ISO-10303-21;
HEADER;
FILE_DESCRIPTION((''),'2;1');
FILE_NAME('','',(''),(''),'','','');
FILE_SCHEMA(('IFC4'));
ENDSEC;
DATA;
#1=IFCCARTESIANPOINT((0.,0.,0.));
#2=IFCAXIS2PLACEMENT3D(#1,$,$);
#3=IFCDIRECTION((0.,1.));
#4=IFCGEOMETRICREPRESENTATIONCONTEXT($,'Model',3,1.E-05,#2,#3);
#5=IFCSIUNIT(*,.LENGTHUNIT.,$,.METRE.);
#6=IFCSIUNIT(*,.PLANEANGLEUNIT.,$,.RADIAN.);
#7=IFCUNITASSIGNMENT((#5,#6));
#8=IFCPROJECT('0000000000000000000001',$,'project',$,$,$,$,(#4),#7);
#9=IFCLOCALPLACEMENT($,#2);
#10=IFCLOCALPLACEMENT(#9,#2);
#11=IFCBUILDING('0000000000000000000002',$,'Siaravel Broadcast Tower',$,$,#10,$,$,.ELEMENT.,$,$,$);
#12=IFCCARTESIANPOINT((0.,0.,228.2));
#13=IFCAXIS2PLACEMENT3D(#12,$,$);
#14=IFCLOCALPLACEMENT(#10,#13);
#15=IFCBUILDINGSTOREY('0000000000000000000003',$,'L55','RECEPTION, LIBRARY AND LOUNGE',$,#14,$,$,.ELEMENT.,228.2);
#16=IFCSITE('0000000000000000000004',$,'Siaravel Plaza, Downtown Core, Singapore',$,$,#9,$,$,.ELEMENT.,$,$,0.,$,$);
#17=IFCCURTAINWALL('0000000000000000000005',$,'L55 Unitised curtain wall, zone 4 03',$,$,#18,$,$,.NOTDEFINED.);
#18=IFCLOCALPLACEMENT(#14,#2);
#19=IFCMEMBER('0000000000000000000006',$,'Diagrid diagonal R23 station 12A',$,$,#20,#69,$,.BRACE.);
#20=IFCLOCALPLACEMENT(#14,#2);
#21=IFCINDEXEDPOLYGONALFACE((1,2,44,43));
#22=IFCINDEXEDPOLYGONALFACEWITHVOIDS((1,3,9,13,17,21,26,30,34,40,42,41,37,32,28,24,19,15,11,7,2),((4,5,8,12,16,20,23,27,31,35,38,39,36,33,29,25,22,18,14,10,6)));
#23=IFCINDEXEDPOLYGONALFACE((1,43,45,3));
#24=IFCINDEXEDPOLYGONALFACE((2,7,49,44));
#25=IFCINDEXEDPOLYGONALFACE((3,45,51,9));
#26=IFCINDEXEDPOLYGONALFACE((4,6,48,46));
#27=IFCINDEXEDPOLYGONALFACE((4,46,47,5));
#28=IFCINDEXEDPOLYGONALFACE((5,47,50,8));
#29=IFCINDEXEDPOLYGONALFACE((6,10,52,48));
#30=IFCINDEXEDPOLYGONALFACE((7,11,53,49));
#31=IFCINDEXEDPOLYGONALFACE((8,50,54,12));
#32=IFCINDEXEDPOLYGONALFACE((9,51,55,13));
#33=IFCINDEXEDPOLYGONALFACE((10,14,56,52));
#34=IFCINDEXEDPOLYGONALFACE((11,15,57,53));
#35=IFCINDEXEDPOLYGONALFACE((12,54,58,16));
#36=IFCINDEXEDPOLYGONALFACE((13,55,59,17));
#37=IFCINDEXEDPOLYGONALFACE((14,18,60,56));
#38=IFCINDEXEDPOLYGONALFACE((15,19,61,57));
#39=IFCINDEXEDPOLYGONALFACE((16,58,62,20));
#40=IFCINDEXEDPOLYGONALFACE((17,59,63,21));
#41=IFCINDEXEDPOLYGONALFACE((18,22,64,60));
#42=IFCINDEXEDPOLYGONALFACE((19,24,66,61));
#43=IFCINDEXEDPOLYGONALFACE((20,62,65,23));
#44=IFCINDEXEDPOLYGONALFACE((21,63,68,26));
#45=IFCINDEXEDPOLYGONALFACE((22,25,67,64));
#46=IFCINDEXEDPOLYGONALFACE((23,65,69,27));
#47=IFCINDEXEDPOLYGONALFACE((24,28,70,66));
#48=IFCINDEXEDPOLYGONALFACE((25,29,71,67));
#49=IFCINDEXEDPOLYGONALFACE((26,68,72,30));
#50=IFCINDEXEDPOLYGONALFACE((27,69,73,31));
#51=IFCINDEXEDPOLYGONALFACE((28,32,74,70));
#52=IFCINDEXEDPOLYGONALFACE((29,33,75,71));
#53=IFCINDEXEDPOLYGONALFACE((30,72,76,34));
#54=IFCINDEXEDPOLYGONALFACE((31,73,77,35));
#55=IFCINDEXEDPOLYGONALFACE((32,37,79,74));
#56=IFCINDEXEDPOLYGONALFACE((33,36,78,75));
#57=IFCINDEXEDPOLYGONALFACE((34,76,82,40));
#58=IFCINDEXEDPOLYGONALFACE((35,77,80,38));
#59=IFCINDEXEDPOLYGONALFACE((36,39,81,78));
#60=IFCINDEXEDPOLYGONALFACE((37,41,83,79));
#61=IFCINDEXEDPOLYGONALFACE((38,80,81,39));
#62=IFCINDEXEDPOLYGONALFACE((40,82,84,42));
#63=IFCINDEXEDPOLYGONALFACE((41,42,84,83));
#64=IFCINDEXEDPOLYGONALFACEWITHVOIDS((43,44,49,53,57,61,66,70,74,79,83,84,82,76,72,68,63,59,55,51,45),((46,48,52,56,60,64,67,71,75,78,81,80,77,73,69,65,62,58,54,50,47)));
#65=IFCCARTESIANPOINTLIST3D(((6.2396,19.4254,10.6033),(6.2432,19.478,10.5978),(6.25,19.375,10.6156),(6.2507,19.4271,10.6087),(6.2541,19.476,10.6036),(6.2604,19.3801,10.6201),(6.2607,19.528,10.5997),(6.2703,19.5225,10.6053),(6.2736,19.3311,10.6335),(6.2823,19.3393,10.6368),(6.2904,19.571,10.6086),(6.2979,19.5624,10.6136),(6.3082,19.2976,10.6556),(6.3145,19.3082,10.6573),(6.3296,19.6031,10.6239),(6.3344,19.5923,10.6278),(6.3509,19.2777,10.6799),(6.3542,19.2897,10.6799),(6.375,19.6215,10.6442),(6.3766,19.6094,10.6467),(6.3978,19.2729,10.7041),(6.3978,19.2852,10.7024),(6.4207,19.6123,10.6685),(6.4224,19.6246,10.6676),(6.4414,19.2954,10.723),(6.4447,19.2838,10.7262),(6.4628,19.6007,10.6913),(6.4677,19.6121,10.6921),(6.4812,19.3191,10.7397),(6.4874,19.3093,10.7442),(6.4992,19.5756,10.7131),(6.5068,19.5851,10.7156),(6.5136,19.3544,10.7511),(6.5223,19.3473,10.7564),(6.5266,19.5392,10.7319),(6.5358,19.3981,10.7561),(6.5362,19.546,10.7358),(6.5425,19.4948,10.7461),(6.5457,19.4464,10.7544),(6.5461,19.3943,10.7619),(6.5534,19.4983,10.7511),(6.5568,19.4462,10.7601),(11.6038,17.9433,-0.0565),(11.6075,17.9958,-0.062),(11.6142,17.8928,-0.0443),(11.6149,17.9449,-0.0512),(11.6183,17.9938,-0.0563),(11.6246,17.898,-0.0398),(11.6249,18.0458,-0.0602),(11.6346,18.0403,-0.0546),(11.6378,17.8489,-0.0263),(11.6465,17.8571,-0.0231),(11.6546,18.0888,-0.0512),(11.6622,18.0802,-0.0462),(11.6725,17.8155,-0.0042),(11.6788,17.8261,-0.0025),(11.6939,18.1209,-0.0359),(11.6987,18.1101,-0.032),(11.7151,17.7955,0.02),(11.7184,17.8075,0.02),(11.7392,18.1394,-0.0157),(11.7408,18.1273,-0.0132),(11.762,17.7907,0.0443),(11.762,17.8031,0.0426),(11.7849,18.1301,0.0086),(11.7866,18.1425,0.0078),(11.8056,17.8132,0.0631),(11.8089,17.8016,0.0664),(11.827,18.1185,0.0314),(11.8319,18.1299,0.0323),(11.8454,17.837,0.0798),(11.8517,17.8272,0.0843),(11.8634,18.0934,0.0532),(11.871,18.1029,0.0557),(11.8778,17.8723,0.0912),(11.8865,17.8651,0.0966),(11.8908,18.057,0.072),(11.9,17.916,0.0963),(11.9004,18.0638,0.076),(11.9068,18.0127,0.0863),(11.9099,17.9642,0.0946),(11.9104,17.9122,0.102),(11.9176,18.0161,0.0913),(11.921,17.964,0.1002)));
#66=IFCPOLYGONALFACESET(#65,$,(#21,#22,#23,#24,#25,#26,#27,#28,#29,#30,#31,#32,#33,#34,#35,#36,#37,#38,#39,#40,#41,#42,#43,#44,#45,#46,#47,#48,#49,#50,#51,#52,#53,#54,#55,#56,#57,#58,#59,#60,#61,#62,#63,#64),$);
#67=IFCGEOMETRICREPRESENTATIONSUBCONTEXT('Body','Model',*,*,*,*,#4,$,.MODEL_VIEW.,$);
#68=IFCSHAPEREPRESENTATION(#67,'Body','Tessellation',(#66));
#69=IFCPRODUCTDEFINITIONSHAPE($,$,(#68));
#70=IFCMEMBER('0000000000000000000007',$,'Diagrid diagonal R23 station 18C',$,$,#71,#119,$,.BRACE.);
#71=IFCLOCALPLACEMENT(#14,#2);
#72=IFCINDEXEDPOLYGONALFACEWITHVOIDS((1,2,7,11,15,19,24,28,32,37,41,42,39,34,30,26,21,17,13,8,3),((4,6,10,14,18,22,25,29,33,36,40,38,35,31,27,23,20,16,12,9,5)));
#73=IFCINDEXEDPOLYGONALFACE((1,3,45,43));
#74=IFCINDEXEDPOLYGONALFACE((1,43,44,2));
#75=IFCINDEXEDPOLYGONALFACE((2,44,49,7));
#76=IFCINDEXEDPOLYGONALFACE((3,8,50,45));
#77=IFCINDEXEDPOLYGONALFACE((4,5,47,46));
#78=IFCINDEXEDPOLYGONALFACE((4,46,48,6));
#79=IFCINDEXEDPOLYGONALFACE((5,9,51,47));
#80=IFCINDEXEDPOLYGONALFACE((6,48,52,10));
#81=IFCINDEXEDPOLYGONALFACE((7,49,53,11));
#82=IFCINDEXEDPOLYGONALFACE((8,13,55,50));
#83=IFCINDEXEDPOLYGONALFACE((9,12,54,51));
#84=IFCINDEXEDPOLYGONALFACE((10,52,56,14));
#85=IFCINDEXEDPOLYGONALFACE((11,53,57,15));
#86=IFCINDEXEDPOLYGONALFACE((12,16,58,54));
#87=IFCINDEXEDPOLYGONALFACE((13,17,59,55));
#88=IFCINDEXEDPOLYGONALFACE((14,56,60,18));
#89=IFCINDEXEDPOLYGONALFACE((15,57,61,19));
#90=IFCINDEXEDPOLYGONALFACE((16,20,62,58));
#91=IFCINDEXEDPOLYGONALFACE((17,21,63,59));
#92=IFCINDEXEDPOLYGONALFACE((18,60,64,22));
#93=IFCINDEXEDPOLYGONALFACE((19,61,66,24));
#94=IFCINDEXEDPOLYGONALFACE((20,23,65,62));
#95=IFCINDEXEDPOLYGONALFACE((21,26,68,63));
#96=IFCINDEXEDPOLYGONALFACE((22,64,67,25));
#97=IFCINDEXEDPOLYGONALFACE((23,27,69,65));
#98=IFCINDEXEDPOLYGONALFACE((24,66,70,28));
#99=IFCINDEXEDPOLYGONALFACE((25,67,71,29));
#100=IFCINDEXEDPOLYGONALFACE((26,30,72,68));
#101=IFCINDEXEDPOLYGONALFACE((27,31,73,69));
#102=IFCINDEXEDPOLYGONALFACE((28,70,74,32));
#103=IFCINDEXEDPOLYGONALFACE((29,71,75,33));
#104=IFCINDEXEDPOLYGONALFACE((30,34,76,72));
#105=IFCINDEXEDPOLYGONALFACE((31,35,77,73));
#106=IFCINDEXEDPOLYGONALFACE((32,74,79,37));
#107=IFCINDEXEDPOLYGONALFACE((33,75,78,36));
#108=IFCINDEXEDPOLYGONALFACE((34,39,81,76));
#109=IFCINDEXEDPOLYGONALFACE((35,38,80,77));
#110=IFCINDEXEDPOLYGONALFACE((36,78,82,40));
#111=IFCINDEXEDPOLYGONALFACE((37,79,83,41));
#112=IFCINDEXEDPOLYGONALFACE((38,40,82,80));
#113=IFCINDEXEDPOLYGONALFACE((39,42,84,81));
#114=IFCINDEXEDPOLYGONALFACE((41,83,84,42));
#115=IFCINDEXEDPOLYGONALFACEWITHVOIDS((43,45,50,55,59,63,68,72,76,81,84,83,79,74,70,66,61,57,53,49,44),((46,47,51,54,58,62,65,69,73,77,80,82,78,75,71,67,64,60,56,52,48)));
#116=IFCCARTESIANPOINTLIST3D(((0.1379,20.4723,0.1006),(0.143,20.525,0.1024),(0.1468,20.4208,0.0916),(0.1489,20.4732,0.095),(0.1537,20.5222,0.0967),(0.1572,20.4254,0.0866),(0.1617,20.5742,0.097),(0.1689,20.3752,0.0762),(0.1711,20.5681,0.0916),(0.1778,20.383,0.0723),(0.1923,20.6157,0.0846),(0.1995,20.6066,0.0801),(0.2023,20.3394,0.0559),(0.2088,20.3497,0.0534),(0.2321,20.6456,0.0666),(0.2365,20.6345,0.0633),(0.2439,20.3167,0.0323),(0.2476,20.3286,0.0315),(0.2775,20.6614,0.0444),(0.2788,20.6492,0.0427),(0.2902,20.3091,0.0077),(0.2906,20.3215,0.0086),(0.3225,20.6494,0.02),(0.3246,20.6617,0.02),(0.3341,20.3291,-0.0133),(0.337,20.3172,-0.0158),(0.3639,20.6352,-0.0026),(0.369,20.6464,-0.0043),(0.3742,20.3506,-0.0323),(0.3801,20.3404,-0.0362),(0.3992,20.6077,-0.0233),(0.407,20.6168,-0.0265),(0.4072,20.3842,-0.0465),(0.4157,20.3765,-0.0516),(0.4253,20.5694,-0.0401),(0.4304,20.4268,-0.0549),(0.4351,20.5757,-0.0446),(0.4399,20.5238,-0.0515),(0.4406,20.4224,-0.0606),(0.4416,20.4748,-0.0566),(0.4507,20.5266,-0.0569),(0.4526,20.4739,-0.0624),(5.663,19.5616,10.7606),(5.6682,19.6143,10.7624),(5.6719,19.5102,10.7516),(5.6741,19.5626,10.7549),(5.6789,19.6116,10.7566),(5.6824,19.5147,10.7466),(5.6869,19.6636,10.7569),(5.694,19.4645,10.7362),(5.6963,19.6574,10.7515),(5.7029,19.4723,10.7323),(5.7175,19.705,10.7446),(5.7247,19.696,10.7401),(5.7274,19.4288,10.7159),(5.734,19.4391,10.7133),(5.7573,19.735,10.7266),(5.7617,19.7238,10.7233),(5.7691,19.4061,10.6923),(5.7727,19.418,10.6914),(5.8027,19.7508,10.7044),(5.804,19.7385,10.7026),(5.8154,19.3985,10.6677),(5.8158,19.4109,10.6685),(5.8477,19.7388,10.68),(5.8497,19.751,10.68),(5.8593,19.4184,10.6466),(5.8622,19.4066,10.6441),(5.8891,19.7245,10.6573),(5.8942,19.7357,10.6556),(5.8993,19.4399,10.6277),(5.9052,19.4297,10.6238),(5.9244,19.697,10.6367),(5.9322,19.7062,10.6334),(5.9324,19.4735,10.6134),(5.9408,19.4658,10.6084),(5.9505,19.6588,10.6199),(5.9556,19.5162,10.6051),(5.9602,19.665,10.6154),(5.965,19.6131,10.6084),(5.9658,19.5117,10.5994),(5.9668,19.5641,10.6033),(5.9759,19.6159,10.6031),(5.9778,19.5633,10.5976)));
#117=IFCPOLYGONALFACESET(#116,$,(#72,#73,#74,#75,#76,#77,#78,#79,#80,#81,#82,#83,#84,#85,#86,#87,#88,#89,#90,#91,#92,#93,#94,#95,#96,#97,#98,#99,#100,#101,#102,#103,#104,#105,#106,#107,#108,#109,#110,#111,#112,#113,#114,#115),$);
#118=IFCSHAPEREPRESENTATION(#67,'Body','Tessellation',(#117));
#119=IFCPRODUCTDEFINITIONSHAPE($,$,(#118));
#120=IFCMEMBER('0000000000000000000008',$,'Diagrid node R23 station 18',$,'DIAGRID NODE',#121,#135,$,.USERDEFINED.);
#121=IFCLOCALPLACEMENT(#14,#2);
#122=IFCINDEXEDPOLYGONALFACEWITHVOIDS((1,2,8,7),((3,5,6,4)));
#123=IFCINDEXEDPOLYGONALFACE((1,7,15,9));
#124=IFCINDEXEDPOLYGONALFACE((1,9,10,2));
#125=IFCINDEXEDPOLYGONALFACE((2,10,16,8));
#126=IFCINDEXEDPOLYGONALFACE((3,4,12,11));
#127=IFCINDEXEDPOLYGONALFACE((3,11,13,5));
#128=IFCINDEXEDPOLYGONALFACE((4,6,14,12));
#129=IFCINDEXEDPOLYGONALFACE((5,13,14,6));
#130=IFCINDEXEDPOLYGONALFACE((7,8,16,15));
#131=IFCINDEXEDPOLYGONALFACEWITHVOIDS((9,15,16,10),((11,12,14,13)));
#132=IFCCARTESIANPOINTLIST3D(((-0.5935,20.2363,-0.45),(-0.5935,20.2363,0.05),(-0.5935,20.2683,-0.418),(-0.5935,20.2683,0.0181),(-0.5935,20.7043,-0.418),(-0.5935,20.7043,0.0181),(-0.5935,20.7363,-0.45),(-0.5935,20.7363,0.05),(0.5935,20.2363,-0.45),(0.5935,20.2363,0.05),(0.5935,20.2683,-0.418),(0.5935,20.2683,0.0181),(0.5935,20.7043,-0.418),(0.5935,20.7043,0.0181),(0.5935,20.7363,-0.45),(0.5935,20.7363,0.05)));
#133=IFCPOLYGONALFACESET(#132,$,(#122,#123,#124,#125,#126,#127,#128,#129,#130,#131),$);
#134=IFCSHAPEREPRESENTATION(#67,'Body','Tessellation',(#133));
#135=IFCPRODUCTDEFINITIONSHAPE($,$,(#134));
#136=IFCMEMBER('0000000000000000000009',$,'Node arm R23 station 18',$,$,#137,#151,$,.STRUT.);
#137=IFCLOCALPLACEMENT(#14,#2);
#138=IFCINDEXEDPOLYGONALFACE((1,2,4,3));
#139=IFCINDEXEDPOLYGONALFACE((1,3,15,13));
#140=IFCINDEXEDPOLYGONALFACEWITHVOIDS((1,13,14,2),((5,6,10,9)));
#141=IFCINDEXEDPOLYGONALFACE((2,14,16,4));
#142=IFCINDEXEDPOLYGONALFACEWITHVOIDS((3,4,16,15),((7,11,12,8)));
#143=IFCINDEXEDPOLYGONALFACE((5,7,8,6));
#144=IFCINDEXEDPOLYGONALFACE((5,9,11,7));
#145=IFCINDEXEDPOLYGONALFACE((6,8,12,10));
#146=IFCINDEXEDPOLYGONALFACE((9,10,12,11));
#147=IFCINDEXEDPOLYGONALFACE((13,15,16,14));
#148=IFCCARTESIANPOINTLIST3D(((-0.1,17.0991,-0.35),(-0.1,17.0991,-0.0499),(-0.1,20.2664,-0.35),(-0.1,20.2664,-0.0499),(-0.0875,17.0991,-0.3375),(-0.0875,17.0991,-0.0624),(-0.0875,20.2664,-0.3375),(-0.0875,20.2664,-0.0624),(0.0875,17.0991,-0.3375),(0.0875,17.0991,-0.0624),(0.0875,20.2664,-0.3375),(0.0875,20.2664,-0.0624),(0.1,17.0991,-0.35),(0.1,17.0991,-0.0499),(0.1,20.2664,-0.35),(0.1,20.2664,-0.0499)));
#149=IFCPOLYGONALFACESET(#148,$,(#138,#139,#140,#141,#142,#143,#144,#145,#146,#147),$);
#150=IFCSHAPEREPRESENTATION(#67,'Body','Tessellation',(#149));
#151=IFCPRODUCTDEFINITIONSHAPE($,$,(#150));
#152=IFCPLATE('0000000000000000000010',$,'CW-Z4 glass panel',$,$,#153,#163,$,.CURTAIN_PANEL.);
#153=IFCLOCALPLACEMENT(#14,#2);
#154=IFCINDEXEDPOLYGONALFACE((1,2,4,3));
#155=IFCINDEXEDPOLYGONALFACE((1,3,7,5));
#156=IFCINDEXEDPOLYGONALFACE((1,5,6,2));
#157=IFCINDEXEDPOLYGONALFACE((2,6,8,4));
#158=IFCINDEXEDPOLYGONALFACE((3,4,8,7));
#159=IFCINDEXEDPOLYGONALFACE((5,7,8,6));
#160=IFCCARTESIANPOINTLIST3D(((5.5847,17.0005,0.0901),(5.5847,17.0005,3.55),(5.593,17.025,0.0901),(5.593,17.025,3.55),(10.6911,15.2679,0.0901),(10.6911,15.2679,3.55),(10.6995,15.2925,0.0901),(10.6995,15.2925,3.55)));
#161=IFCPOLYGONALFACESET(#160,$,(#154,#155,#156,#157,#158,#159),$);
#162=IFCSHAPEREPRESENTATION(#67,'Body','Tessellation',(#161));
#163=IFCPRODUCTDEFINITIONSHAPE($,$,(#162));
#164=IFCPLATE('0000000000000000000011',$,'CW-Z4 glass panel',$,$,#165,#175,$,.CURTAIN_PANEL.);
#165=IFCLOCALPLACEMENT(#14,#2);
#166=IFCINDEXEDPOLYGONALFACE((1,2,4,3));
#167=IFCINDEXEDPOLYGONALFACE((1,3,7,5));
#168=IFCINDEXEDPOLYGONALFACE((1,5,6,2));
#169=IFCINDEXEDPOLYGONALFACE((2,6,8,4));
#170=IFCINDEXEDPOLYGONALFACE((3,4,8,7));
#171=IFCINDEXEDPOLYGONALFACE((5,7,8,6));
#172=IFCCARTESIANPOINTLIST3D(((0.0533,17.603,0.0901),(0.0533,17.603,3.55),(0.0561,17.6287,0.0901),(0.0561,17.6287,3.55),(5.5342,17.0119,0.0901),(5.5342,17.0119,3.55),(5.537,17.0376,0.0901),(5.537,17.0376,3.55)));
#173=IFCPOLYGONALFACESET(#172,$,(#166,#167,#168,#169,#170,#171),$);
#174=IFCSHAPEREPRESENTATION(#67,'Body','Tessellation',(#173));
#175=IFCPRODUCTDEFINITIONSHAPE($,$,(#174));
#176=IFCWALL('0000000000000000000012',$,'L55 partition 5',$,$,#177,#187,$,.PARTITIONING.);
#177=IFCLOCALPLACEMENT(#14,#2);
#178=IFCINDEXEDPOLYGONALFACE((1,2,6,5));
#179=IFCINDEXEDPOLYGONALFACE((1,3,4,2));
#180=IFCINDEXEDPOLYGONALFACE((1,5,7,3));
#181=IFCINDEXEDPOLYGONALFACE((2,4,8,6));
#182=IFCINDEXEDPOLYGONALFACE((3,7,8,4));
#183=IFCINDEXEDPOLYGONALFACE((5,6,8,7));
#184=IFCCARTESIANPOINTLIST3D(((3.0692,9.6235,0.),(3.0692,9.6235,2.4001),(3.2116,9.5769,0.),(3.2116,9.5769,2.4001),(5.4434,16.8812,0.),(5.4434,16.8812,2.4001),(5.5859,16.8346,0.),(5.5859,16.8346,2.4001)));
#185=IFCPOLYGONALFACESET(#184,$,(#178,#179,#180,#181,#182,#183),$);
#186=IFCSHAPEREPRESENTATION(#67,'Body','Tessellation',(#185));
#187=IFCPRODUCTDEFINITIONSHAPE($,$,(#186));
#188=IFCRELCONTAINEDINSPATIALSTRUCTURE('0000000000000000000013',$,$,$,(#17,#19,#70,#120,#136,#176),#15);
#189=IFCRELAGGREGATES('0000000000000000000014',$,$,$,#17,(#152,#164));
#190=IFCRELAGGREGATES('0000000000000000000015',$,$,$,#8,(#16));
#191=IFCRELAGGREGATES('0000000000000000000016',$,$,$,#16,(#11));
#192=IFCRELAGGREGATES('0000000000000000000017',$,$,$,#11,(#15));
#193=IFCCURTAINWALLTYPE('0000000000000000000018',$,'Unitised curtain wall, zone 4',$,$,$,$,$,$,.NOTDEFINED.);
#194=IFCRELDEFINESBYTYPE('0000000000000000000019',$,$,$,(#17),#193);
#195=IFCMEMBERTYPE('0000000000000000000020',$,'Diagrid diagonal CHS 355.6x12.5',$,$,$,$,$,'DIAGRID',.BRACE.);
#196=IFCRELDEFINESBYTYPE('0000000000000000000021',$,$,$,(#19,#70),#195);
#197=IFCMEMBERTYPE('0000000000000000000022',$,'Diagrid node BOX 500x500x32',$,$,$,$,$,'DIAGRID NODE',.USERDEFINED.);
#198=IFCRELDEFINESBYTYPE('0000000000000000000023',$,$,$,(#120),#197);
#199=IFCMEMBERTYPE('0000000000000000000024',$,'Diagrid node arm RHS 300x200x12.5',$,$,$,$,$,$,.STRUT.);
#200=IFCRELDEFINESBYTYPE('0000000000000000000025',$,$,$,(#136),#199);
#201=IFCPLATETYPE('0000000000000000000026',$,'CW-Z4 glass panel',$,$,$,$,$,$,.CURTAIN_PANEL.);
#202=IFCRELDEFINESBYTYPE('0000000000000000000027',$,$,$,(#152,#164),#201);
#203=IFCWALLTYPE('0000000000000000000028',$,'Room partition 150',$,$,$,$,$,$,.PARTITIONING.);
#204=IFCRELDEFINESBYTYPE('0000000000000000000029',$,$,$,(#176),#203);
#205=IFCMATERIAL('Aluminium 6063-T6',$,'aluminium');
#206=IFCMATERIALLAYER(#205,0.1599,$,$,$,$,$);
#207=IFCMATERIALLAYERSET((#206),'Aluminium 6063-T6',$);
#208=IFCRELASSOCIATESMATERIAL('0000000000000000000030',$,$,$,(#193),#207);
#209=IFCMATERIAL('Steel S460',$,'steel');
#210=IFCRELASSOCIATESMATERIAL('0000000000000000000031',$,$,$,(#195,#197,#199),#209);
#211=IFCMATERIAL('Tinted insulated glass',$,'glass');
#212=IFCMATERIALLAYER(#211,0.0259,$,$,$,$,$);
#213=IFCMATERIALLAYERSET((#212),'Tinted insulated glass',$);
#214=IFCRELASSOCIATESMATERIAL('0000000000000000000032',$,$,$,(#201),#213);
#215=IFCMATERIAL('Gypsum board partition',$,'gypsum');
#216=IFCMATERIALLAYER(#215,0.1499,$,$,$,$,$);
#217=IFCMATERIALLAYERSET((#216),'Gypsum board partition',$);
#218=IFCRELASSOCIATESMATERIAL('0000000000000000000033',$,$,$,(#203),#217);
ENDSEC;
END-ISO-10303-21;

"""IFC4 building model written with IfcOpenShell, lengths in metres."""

from ifc_helpers import new_model, si_unit, direction, frame, frame_2d, origin, origin_2d, place, context, subcontext, project, spatial, rectangle, hollow_rectangle, hollow_circle, extrude, material, layer, layer_set, material_profile, profile_set, type_object, element, aggregate, save


model = new_model("IFC4")

# Units and contexts
model_context = context("Model", 3, precision=1e-05, world=origin(), true_north=direction((0.0, 1.0)))
body_context = subcontext(model_context, "Body", "Model", "MODEL_VIEW")
ifc_project = project(units=[si_unit("LENGTHUNIT", "METRE"), si_unit("PLANEANGLEUNIT", "RADIAN")], contexts=[model_context])

# Site, building, storey
site_placement = place(None, origin())
site = spatial("IfcSite", under=ifc_project, at=site_placement, Name="Siaravel Plaza, Downtown Core, Singapore", CompositionType="ELEMENT", RefElevation=0.0)
building_placement = place(site_placement, origin())
building = spatial("IfcBuilding", under=site, at=building_placement, Name="Siaravel Broadcast Tower", CompositionType="ELEMENT")
storey_placement = place(building_placement, frame((0.0, 0.0, 228.2)))
storey = spatial("IfcBuildingStorey", under=building, at=storey_placement, Name="L55", Description="RECEPTION, LIBRARY AND LOUNGE", CompositionType="ELEMENT", Elevation=228.2)

# Curtain wall
ifc_material_1 = material(Name="Aluminium 6063-T6", Category="aluminium")
ifc_layer_1 = layer(ifc_material_1, 0.1599)
ifc_layer_set_1 = layer_set([ifc_layer_1], Name="Aluminium 6063-T6")
curtain_wall_type = type_object("IfcCurtainWallType", Name="Unitised curtain wall, zone 4", PredefinedType="NOTDEFINED", material=ifc_layer_set_1)
curtain_wall_placement = place(storey_placement, origin())
curtain_wall = element("IfcCurtainWall", 1, at=curtain_wall_placement, inside=storey, type_object=curtain_wall_type, Name="L55 Unitised curtain wall, zone 4 03", PredefinedType="NOTDEFINED")

# Members
ifc_material_2 = material(Name="Steel S460", Category="steel")
ifc_material_profile_1 = material_profile(ifc_material_2, hollow_circle(Radius=0.1777, WallThickness=0.0125, at=origin_2d()))
ifc_profile_set_1 = profile_set([ifc_material_profile_1], Name="Steel S460")
member_type_1 = type_object("IfcMemberType", Name="Diagrid diagonal CHS 355.6x12.5", ElementType="DIAGRID", PredefinedType="BRACE", material=ifc_profile_set_1)
member_1_placement = place(storey_placement, frame((11.7625, 17.9668, 0.02), z_axis=(-0.446084, 0.123256, 0.886463), x_axis=(-0.266327, -0.963883, 0.0)))
element("IfcMember", 2, at=member_1_placement, inside=storey, type_object=member_type_1, Name="Diagrid diagonal R23 station 12A", PredefinedType="BRACE", context=body_context, shape_type="SweptSolid", body=[
    extrude(hollow_circle(Radius=0.1777, WallThickness=0.0125, at=origin_2d()), origin(), (0.0, 0.0, 1.0), 12.0251),
])
member_2_placement = place(storey_placement, frame((0.2957, 20.4863, 0.02), z_axis=(0.458854, -0.075627, 0.885287), x_axis=(0.162624, 0.986688, 0.0)))
element("IfcMember", 3, at=member_2_placement, inside=storey, type_object=member_type_1, Name="Diagrid diagonal R23 station 18C", PredefinedType="BRACE", context=body_context, shape_type="SweptSolid", body=[
    extrude(hollow_circle(Radius=0.1777, WallThickness=0.0125, at=origin_2d()), origin(), (0.0, 0.0, 1.0), 12.0413),
])
ifc_material_profile_2 = material_profile(ifc_material_2, hollow_rectangle(XDim=0.5, YDim=0.5, WallThickness=0.032, at=origin_2d()))
ifc_profile_set_2 = profile_set([ifc_material_profile_2], Name="Steel S460")
member_type_2 = type_object("IfcMemberType", Name="Diagrid node BOX 500x500x32", ElementType="DIAGRID NODE", PredefinedType="USERDEFINED", material=ifc_profile_set_2)
member_3_placement = place(storey_placement, frame((0.5935, 20.4863, -0.2), z_axis=(-1.0, 0.0, 0.0), x_axis=(0.0, -1.0, 0.0)))
element("IfcMember", 4, at=member_3_placement, inside=storey, type_object=member_type_2, Name="Diagrid node R23 station 18", ObjectType="DIAGRID NODE", PredefinedType="USERDEFINED", context=body_context, shape_type="SweptSolid", body=[
    extrude(hollow_rectangle(XDim=0.5, YDim=0.5, WallThickness=0.032, at=origin_2d()), origin(), (0.0, 0.0, 1.0), 1.187),
])
ifc_material_profile_3 = material_profile(ifc_material_2, hollow_rectangle(XDim=0.2, YDim=0.3, WallThickness=0.0125, at=origin_2d()))
ifc_profile_set_3 = profile_set([ifc_material_profile_3], Name="Steel S460")
member_type_3 = type_object("IfcMemberType", Name="Diagrid node arm RHS 300x200x12.5", PredefinedType="STRUT", material=ifc_profile_set_3)
member_4_placement = place(storey_placement, frame((0.0, 17.0991, -0.2), z_axis=(0.0, 1.0, 0.0), x_axis=(-1.0, 0.0, 0.0)))
element("IfcMember", 5, at=member_4_placement, inside=storey, type_object=member_type_3, Name="Node arm R23 station 18", PredefinedType="STRUT", context=body_context, shape_type="SweptSolid", body=[
    extrude(hollow_rectangle(XDim=0.2, YDim=0.3, WallThickness=0.0125, at=origin_2d()), origin(), (0.0, 0.0, 1.0), 3.1672),
])

# Plates
ifc_material_3 = material(Name="Tinted insulated glass", Category="glass")
ifc_layer_2 = layer(ifc_material_3, 0.0259)
ifc_layer_set_2 = layer_set([ifc_layer_2], Name="Tinted insulated glass")
plate_type = type_object("IfcPlateType", Name="CW-Z4 glass panel", PredefinedType="CURTAIN_PANEL", material=ifc_layer_set_2)
plate_1_placement = place(storey_placement, frame((8.1421, 16.1465, 0.0901), z_axis=(0.0, 0.0, 1.0), x_axis=(-0.946977, 0.321301, 0.0)))
plate_1 = element("IfcPlate", 6, at=plate_1_placement, type_object=plate_type, Name="CW-Z4 glass panel", PredefinedType="CURTAIN_PANEL", context=body_context, shape_type="SweptSolid", body=[
    extrude(rectangle(XDim=5.3923, YDim=0.0259, at=origin_2d()), origin(), (0.0, 0.0, 1.0), 3.46),
])
plate_2_placement = place(storey_placement, frame((2.7952, 17.3203, 0.0901), z_axis=(0.0, 0.0, 1.0), x_axis=(-0.994236, 0.107218, 0.0)))
plate_2 = element("IfcPlate", 7, at=plate_2_placement, type_object=plate_type, Name="CW-Z4 glass panel", PredefinedType="CURTAIN_PANEL", context=body_context, shape_type="SweptSolid", body=[
    extrude(rectangle(XDim=5.5127, YDim=0.0259, at=origin_2d()), origin(), (0.0, 0.0, 1.0), 3.46),
])
aggregate(curtain_wall, [plate_1, plate_2])

# Wall
ifc_material_4 = material(Name="Gypsum board partition", Category="gypsum")
ifc_layer_3 = layer(ifc_material_4, 0.1499)
ifc_layer_set_3 = layer_set([ifc_layer_3], Name="Gypsum board partition")
wall_type = type_object("IfcWallType", Name="Room partition 150", PredefinedType="PARTITIONING", material=ifc_layer_set_3)
wall_placement = place(storey_placement, frame((5.5146, 16.8579, 0.0), z_axis=(0.0, 0.0, 1.0), x_axis=(-0.310919, -0.950436, 0.0)))
element("IfcWall", 8, at=wall_placement, inside=storey, type_object=wall_type, Name="L55 partition 5", PredefinedType="PARTITIONING", context=body_context, shape_type="SweptSolid", body=[
    extrude(rectangle(XDim=7.6362, YDim=0.1499, at=frame_2d((3.8181, 0.0))), origin(), (0.0, 0.0, 1.0), 2.4001),
])

save(model, "model.ifc")
